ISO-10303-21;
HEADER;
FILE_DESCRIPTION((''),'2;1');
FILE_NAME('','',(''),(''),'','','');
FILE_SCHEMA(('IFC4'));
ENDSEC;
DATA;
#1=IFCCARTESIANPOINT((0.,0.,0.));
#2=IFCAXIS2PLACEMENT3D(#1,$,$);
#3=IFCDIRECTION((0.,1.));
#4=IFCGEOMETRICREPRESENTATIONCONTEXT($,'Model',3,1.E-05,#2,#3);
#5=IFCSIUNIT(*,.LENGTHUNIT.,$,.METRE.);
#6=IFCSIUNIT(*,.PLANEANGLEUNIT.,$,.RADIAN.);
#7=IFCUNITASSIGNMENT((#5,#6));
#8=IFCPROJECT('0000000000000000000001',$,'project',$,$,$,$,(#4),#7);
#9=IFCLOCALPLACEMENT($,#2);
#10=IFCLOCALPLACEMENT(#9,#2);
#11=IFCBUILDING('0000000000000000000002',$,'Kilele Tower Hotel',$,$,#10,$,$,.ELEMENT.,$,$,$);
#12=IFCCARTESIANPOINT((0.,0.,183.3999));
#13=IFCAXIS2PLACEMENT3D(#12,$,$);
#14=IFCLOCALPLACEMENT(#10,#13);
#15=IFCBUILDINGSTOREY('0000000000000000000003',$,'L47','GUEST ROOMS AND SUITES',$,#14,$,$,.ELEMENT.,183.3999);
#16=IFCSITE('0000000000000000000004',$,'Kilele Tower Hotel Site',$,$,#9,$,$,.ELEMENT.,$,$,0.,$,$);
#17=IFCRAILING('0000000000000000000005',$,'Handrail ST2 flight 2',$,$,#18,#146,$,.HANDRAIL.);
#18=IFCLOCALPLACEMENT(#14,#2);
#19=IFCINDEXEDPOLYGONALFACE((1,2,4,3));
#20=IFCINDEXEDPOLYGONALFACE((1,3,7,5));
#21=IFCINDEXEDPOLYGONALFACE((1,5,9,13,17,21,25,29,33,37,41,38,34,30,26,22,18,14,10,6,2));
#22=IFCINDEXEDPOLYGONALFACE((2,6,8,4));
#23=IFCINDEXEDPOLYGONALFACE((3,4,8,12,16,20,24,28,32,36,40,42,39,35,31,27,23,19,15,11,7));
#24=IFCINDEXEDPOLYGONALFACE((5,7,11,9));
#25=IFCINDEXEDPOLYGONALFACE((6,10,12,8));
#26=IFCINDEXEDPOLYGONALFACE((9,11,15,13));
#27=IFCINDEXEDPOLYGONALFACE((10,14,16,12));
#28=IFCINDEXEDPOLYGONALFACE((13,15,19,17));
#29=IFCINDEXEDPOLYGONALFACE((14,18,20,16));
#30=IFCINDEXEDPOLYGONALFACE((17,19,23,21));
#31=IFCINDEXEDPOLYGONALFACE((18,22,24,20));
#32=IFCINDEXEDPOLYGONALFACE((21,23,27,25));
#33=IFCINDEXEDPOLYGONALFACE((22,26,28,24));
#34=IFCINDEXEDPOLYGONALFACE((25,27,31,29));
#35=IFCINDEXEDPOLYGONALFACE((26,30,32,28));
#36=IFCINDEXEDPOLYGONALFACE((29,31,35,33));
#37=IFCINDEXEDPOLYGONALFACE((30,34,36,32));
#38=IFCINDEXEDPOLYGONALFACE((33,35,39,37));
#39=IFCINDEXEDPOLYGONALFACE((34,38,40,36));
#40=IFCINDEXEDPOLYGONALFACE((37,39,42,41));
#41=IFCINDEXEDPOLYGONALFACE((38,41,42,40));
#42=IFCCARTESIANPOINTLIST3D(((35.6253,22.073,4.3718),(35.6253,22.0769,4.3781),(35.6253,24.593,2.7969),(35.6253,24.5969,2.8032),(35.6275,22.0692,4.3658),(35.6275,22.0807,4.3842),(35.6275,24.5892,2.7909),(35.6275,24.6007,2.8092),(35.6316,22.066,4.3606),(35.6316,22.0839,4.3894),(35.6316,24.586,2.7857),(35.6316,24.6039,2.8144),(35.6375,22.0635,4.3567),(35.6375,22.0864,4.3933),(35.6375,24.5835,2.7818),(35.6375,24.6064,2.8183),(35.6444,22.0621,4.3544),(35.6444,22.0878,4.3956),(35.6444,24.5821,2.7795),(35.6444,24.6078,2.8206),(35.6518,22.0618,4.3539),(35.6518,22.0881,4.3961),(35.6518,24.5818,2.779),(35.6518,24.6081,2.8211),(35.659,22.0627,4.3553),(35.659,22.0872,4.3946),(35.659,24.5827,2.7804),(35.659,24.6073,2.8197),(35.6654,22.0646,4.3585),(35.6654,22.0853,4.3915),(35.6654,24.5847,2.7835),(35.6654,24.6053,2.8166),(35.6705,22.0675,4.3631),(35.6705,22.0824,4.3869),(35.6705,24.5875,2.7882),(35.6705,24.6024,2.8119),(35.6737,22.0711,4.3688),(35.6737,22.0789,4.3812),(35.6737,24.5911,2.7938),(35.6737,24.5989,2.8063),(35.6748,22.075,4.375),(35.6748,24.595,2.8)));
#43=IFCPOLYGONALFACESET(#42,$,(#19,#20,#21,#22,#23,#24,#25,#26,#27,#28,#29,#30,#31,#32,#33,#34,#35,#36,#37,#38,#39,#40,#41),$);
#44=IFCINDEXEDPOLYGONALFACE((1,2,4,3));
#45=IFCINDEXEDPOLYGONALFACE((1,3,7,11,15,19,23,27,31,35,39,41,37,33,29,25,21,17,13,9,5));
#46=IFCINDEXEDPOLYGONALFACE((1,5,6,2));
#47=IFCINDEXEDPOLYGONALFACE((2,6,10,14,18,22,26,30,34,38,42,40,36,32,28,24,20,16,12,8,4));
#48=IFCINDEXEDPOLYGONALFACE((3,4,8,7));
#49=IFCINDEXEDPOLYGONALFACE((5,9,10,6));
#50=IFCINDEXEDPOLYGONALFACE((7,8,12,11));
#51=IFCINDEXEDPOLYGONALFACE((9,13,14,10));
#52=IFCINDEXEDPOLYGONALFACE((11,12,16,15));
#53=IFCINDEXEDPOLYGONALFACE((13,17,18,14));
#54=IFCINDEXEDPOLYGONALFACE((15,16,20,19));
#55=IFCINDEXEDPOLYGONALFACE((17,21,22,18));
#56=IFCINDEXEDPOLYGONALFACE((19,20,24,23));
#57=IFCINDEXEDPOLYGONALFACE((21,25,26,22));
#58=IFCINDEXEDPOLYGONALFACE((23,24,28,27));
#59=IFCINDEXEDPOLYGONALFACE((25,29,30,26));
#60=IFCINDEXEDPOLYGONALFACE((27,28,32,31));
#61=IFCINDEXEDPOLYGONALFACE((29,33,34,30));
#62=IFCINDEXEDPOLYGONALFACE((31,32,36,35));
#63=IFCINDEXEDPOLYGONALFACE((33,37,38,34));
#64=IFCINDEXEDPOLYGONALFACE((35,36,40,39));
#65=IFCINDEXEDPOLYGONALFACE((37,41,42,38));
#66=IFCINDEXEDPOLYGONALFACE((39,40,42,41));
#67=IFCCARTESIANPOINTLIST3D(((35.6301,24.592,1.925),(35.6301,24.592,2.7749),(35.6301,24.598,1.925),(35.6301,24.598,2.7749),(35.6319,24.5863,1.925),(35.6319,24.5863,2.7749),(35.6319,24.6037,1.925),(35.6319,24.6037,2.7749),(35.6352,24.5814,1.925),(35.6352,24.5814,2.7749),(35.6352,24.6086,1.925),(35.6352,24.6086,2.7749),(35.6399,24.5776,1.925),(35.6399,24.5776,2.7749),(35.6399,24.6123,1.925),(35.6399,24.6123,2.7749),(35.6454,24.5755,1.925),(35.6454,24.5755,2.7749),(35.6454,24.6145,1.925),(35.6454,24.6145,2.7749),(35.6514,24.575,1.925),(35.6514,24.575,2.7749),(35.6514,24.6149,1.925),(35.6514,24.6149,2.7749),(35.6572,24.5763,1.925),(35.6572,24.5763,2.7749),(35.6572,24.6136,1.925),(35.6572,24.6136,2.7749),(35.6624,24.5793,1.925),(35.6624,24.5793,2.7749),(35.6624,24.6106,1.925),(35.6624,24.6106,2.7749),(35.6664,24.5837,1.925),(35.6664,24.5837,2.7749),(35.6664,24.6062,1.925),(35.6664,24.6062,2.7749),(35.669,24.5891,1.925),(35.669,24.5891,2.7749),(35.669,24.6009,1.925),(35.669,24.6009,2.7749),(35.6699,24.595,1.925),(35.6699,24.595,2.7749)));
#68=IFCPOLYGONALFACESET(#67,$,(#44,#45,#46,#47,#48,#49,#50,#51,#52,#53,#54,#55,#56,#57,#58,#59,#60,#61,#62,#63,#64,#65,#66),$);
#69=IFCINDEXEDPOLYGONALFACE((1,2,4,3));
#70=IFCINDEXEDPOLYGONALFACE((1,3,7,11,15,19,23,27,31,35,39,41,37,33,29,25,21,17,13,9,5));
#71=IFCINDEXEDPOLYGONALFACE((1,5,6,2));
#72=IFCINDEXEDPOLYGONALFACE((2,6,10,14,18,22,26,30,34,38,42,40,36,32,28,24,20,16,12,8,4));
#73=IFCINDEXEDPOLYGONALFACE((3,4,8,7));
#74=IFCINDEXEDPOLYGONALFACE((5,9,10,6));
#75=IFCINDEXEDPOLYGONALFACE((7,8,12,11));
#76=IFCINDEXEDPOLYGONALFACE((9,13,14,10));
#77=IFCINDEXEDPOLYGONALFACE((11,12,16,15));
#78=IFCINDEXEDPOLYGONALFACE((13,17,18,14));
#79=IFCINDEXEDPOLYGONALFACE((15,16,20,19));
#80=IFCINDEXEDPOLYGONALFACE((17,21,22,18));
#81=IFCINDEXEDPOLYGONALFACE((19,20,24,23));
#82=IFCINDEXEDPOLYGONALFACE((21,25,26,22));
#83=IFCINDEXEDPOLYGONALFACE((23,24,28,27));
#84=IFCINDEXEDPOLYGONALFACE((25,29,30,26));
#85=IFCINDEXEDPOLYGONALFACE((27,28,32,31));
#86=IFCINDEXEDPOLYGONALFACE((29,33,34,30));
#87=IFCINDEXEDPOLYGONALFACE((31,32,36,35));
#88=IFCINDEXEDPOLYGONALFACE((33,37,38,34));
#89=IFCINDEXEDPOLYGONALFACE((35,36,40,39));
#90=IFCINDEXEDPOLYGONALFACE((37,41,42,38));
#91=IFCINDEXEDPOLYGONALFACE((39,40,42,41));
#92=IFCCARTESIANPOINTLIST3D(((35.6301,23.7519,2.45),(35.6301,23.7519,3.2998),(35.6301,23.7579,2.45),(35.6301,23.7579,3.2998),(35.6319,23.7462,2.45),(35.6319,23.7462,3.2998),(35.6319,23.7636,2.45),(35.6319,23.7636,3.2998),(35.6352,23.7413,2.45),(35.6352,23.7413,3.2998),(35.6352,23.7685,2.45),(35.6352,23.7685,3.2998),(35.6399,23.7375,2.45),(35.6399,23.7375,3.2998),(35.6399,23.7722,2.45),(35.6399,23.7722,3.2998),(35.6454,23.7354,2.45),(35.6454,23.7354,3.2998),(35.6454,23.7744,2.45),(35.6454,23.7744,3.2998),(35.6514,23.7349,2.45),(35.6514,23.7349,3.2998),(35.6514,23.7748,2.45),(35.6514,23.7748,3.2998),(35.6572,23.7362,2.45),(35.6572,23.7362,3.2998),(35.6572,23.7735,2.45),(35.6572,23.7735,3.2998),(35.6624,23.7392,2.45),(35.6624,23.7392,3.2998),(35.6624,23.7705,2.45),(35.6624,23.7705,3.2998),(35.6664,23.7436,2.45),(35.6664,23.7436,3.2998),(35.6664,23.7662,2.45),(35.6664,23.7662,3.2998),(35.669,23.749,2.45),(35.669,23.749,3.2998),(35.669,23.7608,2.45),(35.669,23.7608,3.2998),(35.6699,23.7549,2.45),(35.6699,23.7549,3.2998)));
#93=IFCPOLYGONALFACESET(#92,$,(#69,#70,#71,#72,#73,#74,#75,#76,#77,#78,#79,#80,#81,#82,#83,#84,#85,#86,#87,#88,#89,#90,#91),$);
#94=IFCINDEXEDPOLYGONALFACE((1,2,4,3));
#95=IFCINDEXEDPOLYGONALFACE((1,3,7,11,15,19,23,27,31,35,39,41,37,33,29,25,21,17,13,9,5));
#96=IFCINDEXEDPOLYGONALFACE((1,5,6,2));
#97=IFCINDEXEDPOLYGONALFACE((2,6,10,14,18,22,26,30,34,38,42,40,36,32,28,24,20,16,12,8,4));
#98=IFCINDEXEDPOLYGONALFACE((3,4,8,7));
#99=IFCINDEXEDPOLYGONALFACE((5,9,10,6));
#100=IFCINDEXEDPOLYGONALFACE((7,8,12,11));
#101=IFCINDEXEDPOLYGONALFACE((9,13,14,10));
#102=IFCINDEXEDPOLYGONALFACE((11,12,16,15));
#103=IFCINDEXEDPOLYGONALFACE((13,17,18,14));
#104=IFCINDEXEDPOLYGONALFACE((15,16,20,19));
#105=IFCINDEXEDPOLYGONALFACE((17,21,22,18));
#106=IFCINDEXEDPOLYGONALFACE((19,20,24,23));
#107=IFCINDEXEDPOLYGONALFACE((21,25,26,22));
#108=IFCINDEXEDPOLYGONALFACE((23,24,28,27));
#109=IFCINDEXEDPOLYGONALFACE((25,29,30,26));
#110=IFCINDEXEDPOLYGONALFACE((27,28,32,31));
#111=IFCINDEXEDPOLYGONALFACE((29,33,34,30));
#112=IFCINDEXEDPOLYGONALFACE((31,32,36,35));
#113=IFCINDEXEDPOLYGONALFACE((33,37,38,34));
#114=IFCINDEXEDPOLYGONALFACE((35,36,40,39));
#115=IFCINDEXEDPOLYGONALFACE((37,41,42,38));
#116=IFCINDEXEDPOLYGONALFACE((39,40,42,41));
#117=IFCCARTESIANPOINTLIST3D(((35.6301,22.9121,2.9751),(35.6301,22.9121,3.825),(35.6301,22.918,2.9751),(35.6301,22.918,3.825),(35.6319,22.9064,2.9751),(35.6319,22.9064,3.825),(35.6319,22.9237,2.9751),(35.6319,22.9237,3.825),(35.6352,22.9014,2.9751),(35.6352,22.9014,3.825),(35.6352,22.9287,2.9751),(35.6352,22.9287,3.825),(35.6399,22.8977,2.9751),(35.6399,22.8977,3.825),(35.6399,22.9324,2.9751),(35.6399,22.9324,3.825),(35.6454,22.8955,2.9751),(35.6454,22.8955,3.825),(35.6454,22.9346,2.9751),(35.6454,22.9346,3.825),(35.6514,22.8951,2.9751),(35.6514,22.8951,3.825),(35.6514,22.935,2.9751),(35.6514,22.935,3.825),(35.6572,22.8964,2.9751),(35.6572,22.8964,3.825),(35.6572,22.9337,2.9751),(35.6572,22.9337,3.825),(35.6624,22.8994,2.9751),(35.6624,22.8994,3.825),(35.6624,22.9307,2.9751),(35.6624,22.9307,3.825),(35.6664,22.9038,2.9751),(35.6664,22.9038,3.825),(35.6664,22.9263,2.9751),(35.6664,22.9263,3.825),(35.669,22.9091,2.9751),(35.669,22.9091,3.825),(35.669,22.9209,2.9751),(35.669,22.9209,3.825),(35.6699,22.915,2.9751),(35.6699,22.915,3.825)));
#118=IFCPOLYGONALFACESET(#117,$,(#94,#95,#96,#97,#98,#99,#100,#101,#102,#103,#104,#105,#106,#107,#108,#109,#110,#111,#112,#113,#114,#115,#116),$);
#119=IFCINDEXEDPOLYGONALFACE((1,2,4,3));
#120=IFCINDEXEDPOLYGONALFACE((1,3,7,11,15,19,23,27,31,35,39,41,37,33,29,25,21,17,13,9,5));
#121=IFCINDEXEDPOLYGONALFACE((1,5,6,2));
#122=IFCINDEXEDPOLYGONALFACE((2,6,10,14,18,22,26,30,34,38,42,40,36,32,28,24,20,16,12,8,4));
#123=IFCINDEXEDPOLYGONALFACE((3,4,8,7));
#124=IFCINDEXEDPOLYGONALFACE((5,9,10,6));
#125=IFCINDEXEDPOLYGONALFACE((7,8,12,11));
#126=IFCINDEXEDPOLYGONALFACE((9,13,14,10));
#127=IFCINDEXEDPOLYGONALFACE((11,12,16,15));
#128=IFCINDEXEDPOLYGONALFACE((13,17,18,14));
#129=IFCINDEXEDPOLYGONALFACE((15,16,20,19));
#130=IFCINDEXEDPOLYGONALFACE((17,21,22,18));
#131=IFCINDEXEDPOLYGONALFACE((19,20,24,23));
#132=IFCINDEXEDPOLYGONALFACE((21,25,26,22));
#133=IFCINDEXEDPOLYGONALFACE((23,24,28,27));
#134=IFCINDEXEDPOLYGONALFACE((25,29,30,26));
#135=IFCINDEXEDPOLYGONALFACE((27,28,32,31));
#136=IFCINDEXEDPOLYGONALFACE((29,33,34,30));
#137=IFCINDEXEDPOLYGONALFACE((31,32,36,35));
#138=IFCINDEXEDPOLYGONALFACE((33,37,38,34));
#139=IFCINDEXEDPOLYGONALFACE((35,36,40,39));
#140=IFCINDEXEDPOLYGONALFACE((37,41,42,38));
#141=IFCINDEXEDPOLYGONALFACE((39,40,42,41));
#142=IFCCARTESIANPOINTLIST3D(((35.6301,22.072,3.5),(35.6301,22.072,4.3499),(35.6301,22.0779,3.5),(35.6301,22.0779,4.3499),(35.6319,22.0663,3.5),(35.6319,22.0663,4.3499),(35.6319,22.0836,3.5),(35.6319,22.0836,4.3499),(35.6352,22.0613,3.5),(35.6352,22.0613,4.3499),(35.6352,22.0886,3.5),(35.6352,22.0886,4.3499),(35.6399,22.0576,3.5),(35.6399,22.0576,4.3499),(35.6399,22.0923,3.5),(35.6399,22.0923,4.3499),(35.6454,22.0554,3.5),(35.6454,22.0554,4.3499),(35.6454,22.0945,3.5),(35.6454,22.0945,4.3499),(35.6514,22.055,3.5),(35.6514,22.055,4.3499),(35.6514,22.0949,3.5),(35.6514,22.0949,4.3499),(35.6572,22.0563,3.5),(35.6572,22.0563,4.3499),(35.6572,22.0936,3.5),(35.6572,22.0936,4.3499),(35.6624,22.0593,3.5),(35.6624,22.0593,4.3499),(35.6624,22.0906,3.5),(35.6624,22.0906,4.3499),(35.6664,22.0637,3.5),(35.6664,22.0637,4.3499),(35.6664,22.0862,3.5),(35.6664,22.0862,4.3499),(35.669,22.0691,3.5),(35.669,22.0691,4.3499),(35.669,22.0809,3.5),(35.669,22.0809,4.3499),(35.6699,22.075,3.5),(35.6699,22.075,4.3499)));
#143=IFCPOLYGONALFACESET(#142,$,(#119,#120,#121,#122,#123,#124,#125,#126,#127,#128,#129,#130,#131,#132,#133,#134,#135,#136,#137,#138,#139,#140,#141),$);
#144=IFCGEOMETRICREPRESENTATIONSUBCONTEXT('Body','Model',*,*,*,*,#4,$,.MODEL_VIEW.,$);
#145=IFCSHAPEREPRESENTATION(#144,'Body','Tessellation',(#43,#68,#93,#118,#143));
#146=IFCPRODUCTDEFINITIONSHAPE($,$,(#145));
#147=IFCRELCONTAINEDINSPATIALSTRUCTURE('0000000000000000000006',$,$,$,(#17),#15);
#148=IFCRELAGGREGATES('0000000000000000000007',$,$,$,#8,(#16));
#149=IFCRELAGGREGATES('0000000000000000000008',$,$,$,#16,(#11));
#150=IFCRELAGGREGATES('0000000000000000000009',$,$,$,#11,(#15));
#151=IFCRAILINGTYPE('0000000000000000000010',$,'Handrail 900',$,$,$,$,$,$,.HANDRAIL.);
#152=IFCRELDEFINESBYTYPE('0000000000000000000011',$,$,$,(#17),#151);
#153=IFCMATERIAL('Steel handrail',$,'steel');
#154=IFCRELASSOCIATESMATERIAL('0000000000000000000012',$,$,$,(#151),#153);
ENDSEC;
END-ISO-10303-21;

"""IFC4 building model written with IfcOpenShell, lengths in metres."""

from ifc_helpers import new_model, si_unit, direction, frame, origin, origin_2d, place, context, subcontext, project, spatial, circle, extrude, material, type_object, element, save


model = new_model("IFC4")

# Units and contexts
model_context = context("Model", 3, precision=1e-05, world=origin(), true_north=direction((0.0, 1.0)))
body_context = subcontext(model_context, "Body", "Model", "MODEL_VIEW")
ifc_project = project(units=[si_unit("LENGTHUNIT", "METRE"), si_unit("PLANEANGLEUNIT", "RADIAN")], contexts=[model_context])

# Site, building, storey
site_placement = place(None, origin())
site = spatial("IfcSite", under=ifc_project, at=site_placement, Name="Kilele Tower Hotel Site", CompositionType="ELEMENT", RefElevation=0.0)
building_placement = place(site_placement, origin())
building = spatial("IfcBuilding", under=site, at=building_placement, Name="Kilele Tower Hotel", CompositionType="ELEMENT")
storey_placement = place(building_placement, frame((0.0, 0.0, 183.3999)))
storey = spatial("IfcBuildingStorey", under=building, at=storey_placement, Name="L47", Description="GUEST ROOMS AND SUITES", CompositionType="ELEMENT", Elevation=183.3999)

# Railing
ifc_material_1 = material(Name="Steel handrail", Category="steel")
railing_type_1 = type_object("IfcRailingType", Name="Handrail 900", PredefinedType="HANDRAIL", material=ifc_material_1)
for number, where, name in (
    (1, (35.6499, 24.595, 1.925), "Handrail ST2 flight 2"),
):
    element("IfcRailing", number, at=place(storey_placement, frame(where)), inside=storey, type_object=railing_type_1, Name=name, PredefinedType="HANDRAIL", context=body_context, shape_type="SweptSolid", body=[
        extrude(circle(Radius=0.0249, at=origin_2d()), frame((0.0, 0.0, 0.875), z_axis=(0.0, -0.848008, 0.529984), x_axis=(1.0, 0.0, 0.0)), (0.0, 0.0, 1.0), 2.9717),
        extrude(circle(Radius=0.02, at=origin_2d()), origin(), (0.0, 0.0, 1.0), 0.8499),
        extrude(circle(Radius=0.02, at=origin_2d()), frame((0.0, -0.8401, 0.5249)), (0.0, 0.0, 1.0), 0.8499),
        extrude(circle(Radius=0.02, at=origin_2d()), frame((0.0, -1.6799, 1.05)), (0.0, 0.0, 1.0), 0.8499),
        extrude(circle(Radius=0.02, at=origin_2d()), frame((0.0, -2.52, 1.575)), (0.0, 0.0, 1.0), 0.8499),
    ])

save(model, "model.ifc")
